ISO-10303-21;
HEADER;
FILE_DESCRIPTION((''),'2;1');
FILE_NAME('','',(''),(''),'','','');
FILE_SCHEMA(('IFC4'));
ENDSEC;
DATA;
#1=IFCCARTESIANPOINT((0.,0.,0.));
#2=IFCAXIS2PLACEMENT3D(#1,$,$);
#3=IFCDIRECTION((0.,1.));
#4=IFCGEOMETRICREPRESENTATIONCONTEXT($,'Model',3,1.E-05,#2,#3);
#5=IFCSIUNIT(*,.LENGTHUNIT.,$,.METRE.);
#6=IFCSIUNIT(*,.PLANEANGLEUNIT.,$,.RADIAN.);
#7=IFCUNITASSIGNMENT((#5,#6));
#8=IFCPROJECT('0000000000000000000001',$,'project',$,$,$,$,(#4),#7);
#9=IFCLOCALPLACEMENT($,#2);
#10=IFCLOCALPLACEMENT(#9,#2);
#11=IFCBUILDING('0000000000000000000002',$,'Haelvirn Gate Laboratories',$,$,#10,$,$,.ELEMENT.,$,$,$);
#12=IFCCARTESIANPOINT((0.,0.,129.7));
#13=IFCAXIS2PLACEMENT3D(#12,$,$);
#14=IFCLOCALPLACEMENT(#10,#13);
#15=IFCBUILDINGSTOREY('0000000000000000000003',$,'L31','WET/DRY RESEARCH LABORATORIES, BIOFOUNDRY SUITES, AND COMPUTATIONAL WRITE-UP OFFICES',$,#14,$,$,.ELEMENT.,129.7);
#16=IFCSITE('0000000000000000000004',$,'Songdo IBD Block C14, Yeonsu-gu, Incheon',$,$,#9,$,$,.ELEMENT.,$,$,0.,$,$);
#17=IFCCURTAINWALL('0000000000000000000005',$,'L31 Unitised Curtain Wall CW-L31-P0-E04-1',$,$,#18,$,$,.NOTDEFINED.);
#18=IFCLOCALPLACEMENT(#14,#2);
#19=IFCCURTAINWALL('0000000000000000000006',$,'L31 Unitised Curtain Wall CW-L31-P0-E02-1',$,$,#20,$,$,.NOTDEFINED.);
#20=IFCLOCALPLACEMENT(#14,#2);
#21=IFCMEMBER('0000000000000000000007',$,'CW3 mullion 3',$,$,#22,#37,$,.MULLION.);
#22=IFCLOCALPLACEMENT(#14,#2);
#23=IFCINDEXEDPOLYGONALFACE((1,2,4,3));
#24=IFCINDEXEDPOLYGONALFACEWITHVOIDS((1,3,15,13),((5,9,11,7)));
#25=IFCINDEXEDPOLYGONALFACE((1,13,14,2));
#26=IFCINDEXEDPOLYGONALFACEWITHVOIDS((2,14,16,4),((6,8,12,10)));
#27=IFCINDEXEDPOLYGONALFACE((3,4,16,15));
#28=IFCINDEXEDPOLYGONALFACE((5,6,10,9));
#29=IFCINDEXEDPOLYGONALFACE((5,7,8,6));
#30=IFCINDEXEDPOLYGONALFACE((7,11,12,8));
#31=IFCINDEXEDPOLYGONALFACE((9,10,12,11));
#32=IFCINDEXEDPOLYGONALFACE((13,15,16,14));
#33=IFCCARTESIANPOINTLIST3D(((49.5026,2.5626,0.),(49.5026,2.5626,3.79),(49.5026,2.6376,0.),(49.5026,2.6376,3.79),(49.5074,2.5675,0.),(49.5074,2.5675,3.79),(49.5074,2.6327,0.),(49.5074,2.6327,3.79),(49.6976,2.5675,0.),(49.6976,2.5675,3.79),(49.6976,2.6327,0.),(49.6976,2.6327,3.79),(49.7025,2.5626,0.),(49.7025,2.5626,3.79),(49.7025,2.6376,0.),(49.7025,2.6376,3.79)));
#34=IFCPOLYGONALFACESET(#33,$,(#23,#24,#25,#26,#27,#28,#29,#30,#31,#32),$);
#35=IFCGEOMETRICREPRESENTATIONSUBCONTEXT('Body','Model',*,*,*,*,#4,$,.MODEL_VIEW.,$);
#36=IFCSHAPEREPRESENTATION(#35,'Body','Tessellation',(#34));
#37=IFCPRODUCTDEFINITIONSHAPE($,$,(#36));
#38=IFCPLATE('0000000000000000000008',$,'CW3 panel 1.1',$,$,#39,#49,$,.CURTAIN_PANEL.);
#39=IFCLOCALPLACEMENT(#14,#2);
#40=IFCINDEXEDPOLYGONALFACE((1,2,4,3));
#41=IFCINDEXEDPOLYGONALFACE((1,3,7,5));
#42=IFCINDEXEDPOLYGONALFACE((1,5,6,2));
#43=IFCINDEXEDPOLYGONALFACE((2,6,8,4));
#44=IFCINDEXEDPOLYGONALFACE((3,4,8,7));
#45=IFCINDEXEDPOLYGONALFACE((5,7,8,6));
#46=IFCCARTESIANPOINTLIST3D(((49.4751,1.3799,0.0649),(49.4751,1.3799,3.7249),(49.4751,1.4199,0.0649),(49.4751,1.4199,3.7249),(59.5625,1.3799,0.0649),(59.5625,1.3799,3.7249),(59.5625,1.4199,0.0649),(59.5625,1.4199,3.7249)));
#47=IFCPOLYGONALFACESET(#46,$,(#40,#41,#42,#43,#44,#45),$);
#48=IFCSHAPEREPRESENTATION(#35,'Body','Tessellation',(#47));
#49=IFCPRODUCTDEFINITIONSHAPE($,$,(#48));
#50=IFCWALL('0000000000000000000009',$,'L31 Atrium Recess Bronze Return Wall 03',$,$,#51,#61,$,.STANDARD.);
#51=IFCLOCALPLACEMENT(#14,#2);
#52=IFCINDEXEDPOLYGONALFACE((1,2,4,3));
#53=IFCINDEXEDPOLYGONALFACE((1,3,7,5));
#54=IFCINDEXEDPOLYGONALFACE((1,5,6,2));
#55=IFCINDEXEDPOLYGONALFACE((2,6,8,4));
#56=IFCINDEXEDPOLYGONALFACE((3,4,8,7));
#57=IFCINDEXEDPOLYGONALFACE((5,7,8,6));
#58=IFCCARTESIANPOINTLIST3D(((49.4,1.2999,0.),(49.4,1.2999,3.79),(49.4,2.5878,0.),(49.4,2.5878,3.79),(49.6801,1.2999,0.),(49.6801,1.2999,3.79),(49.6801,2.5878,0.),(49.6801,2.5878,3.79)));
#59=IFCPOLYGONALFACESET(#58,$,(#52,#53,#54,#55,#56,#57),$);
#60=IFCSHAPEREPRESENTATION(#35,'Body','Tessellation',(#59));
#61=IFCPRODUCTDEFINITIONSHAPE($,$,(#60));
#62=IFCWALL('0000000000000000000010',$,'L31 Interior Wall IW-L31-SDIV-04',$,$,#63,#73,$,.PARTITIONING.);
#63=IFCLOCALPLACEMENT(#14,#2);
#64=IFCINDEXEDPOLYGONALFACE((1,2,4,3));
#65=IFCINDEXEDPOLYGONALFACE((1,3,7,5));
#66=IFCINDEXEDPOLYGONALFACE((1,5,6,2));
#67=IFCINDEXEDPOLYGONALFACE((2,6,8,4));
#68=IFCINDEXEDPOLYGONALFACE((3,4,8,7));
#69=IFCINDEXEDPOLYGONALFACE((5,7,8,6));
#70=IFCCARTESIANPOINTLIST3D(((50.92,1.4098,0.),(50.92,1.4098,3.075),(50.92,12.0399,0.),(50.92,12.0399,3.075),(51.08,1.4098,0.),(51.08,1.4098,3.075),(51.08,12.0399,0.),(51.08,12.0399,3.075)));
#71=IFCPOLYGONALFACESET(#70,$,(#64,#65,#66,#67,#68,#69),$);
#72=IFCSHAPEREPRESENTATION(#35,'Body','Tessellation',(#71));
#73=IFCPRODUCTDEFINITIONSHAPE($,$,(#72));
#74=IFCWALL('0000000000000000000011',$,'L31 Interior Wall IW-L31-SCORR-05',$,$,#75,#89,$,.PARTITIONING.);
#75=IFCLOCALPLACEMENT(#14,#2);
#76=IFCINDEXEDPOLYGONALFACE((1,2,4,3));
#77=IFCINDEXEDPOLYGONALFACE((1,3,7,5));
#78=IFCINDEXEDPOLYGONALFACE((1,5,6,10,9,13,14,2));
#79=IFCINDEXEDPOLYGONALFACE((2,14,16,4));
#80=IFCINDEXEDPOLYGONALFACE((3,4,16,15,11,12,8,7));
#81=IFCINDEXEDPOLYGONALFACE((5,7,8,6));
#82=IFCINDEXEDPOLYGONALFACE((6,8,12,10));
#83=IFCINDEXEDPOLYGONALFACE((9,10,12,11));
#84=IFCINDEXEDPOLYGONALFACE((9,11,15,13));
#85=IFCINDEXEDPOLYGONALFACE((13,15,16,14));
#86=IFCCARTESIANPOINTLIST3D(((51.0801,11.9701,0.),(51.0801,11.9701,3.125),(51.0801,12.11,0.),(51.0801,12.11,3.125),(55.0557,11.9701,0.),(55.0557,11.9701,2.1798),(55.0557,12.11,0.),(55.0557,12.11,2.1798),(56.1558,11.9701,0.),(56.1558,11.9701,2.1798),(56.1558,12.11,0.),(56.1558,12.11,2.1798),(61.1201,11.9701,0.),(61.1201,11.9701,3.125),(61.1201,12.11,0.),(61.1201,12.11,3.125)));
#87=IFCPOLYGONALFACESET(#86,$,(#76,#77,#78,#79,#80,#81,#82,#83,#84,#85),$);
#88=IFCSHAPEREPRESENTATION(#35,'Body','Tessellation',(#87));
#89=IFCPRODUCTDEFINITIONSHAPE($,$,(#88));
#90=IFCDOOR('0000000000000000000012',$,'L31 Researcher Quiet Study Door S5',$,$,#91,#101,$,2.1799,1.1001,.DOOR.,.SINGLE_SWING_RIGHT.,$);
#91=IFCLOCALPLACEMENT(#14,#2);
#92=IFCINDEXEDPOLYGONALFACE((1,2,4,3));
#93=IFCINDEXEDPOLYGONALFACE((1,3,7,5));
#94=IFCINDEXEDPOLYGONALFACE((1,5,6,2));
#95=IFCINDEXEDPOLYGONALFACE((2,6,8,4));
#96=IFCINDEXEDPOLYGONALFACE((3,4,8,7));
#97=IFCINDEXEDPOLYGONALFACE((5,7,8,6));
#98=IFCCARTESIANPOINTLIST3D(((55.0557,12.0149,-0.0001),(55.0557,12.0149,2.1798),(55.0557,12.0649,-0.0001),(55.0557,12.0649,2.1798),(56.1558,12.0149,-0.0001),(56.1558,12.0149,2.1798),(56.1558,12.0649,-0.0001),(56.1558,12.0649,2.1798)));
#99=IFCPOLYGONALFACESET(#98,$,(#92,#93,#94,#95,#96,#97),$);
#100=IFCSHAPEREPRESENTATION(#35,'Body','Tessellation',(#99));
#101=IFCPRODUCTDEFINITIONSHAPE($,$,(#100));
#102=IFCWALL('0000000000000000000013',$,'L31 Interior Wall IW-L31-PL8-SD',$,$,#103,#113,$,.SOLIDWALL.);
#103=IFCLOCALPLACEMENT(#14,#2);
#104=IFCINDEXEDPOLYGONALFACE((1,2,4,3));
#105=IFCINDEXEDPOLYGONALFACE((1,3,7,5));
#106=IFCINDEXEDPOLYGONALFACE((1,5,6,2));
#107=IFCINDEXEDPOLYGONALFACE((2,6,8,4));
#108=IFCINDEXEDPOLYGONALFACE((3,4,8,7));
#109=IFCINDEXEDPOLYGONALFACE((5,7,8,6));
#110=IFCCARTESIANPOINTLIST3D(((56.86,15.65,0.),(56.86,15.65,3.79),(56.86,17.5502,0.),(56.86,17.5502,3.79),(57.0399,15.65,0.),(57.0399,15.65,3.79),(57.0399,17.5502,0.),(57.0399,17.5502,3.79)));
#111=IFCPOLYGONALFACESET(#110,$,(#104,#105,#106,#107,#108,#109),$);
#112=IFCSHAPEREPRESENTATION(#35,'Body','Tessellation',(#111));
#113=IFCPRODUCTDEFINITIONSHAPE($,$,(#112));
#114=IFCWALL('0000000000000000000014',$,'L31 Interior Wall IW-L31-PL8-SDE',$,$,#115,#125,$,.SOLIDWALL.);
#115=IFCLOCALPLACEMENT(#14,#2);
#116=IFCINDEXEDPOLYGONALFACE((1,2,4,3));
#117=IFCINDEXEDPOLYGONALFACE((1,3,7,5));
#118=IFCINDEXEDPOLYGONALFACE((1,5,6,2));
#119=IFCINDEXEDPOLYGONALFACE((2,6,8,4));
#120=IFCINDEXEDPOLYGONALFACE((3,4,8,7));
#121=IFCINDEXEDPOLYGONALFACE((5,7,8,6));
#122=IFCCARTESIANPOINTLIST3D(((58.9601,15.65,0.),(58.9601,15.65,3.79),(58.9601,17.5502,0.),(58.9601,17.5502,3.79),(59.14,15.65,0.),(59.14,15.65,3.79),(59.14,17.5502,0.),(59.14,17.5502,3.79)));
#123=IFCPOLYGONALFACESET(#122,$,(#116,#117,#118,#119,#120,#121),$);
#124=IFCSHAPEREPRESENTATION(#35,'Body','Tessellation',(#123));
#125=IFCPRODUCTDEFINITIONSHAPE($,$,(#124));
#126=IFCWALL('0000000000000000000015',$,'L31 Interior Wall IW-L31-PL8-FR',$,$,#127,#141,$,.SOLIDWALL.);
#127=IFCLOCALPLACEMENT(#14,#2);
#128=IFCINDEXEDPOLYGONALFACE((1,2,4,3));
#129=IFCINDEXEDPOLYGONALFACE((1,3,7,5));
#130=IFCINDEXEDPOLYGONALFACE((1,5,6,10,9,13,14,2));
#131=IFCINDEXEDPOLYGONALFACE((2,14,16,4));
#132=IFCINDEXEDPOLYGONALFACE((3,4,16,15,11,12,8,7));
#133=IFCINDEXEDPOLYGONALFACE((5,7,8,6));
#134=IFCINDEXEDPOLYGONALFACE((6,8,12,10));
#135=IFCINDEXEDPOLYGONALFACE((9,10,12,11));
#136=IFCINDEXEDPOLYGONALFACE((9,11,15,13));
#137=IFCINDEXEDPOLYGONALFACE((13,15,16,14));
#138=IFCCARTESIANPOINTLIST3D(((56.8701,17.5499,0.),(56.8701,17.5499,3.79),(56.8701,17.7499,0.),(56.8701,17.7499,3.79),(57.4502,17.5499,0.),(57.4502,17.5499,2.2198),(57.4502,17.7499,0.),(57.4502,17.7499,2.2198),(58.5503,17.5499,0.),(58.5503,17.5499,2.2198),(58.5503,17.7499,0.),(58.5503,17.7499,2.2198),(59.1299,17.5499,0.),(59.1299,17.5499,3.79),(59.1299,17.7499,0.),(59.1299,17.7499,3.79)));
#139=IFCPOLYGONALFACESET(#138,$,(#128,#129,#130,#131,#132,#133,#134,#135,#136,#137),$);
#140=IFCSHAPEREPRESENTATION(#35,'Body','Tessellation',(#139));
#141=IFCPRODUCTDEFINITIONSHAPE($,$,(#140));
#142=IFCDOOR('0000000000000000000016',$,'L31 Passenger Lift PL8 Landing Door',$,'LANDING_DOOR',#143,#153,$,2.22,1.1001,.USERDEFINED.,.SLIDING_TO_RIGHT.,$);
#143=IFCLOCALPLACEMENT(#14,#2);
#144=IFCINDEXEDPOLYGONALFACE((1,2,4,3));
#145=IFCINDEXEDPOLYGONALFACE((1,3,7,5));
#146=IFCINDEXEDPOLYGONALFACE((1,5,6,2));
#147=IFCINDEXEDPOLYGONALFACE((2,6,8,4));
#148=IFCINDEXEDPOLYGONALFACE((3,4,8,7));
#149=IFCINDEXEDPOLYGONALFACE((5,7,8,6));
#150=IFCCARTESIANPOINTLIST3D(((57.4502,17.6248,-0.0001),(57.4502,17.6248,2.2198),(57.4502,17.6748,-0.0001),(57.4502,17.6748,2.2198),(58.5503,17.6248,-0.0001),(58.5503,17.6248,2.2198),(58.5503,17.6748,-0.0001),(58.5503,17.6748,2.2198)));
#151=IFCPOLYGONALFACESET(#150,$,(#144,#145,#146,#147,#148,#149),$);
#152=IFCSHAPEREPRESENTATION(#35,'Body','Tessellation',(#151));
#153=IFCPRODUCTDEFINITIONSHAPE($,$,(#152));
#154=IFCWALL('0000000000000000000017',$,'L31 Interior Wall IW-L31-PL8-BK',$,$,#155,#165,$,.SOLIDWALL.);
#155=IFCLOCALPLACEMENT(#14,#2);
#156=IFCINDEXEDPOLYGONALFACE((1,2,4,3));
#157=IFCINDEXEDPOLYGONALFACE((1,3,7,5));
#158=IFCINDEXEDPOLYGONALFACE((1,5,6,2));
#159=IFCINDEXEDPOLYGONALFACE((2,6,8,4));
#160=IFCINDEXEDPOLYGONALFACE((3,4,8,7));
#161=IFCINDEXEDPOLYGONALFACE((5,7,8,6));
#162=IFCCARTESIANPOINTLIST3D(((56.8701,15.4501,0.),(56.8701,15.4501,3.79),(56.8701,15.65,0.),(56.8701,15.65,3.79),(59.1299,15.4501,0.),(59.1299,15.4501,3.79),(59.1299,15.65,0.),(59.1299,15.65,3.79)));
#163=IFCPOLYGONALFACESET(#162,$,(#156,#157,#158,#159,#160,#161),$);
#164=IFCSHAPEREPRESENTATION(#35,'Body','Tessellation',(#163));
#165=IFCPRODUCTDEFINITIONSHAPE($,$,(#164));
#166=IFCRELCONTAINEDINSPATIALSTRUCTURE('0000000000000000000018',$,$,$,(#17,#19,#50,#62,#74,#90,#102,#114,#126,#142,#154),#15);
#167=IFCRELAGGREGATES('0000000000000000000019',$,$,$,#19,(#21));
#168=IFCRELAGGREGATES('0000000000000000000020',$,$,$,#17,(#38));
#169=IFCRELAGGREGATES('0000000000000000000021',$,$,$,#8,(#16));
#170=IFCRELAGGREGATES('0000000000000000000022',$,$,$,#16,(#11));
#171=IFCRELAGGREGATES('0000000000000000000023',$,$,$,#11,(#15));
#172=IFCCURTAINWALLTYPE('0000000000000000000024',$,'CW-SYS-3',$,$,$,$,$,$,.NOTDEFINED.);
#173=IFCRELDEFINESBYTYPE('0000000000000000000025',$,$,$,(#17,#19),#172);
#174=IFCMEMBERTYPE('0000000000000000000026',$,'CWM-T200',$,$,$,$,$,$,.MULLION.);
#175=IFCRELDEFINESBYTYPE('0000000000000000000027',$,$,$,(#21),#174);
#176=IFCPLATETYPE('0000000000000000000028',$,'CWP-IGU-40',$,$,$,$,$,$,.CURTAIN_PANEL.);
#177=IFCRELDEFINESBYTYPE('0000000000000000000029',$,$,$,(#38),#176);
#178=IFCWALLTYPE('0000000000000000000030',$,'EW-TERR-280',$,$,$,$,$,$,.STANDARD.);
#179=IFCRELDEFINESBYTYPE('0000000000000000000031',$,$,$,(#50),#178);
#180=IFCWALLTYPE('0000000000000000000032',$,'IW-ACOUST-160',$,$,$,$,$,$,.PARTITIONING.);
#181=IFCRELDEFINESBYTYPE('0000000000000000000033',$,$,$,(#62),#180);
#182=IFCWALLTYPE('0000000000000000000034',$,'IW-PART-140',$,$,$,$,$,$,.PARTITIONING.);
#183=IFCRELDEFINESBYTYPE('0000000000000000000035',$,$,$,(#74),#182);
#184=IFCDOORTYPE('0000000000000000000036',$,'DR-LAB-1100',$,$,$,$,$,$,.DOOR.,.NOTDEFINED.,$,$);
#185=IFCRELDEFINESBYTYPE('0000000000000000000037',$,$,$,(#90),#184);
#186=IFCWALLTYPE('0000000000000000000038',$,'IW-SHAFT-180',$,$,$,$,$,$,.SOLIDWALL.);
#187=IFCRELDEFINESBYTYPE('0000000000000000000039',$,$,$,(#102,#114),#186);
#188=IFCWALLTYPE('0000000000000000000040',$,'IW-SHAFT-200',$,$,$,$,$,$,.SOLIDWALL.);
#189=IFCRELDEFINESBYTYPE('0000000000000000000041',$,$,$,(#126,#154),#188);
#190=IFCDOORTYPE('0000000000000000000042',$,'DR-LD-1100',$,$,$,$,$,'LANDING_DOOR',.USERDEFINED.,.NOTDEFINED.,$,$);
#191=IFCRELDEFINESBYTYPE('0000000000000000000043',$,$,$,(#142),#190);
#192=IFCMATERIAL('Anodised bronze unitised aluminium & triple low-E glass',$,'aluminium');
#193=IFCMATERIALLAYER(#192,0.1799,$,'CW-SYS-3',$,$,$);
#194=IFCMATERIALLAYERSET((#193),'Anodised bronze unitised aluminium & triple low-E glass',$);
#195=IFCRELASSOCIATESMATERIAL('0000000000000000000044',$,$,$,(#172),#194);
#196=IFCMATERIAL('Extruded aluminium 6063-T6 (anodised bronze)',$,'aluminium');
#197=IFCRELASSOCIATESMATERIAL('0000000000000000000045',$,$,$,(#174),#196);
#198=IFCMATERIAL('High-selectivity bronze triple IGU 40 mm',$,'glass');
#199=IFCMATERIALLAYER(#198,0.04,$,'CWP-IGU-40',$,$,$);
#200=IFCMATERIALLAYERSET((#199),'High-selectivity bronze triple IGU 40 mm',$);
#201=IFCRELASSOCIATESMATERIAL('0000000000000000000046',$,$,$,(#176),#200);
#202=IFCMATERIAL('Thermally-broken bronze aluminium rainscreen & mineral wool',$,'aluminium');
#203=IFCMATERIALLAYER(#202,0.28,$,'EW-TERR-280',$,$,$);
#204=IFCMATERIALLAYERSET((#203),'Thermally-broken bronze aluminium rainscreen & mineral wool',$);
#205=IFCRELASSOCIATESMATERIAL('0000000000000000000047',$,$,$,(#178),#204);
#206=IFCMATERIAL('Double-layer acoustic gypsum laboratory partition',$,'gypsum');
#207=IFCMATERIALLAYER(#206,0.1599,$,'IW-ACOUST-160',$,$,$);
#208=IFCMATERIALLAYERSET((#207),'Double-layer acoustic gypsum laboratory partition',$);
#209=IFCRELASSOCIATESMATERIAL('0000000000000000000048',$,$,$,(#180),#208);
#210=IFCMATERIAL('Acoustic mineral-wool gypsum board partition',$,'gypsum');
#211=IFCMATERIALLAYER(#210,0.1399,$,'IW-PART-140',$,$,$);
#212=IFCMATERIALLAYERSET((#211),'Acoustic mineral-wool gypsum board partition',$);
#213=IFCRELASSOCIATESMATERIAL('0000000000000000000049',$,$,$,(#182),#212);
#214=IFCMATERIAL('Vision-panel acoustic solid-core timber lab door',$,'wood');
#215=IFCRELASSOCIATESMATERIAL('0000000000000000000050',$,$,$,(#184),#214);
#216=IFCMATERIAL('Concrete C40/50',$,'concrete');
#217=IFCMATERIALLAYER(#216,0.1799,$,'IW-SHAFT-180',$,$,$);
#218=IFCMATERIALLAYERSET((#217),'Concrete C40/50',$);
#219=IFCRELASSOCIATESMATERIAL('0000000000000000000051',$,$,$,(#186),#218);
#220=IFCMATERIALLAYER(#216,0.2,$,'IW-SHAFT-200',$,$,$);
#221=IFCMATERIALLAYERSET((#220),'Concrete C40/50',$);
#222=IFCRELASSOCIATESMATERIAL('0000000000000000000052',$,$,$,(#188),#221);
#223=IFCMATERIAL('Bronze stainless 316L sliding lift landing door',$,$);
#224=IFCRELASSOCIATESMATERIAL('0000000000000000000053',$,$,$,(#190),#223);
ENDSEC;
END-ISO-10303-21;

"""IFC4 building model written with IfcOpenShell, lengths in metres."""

from ifc_helpers import new_model, si_unit, direction, frame, frame_2d, origin, origin_2d, place, context, subcontext, project, spatial, rectangle, hollow_rectangle, extrude, source, transform, mapped, material, layer, layer_set, material_profile, profile_set, type_object, type_shapes, element, fill, aggregate, save


model = new_model("IFC4")

# Units and contexts
model_context = context("Model", 3, precision=1e-05, world=origin(), true_north=direction((0.0, 1.0)))
body_context = subcontext(model_context, "Body", "Model", "MODEL_VIEW")
ifc_project = project(units=[si_unit("LENGTHUNIT", "METRE"), si_unit("PLANEANGLEUNIT", "RADIAN")], contexts=[model_context])

# Site, building, storey
site_placement = place(None, origin())
site = spatial("IfcSite", under=ifc_project, at=site_placement, Name="Songdo IBD Block C14, Yeonsu-gu, Incheon", CompositionType="ELEMENT", RefElevation=0.0)
building_placement = place(site_placement, origin())
building = spatial("IfcBuilding", under=site, at=building_placement, Name="Haelvirn Gate Laboratories", CompositionType="ELEMENT")
storey_placement = place(building_placement, frame((0.0, 0.0, 129.7)))
storey = spatial("IfcBuildingStorey", under=building, at=storey_placement, Name="L31", Description="WET/DRY RESEARCH LABORATORIES, BIOFOUNDRY SUITES, AND COMPUTATIONAL WRITE-UP OFFICES", CompositionType="ELEMENT", Elevation=129.7)

# Curtain wall
ifc_material_1 = material(Name="Anodised bronze unitised aluminium & triple low-E glass", Category="aluminium")
ifc_layer_1 = layer(ifc_material_1, 0.1799, Name="CW-SYS-3")
ifc_layer_set_1 = layer_set([ifc_layer_1], Name="Anodised bronze unitised aluminium & triple low-E glass")
curtain_wall_type = type_object("IfcCurtainWallType", Name="CW-SYS-3", PredefinedType="NOTDEFINED", material=ifc_layer_set_1)
curtain_wall_1_placement = place(storey_placement, origin())
curtain_wall_1 = element("IfcCurtainWall", 1, at=curtain_wall_1_placement, inside=storey, type_object=curtain_wall_type, Name="L31 Unitised Curtain Wall CW-L31-P0-E04-1", PredefinedType="NOTDEFINED")
ifc_material_2 = material(Name="Extruded aluminium 6063-T6 (anodised bronze)", Category="aluminium")

# Curtain wall, member
curtain_wall_2_placement = place(storey_placement, origin())
curtain_wall_2 = element("IfcCurtainWall", 2, at=curtain_wall_2_placement, inside=storey, type_object=curtain_wall_type, Name="L31 Unitised Curtain Wall CW-L31-P0-E02-1", PredefinedType="NOTDEFINED")
ifc_material_profile_1 = material_profile(ifc_material_2, hollow_rectangle(XDim=0.075, YDim=0.2, WallThickness=0.0049, at=origin_2d()), Name="CWM-200x75x5")
ifc_profile_set_1 = profile_set([ifc_material_profile_1], Name="Extruded aluminium 6063-T6 (anodised bronze)")
member_type_1 = type_object("IfcMemberType", Name="CWM-T200", PredefinedType="MULLION", material=ifc_profile_set_1)
shared_shape_1 = source(origin(), body_context, "Body", "SweptSolid", [
    extrude(hollow_rectangle(XDim=0.075, YDim=0.2, WallThickness=0.0049, at=origin_2d()), origin(), (0.0, 0.0, 1.0), 3.79),
])
type_shapes(member_type_1, [shared_shape_1])
member_1_placement = place(storey_placement, frame((49.6025, 2.6001, 0.0), z_axis=(0.0, 0.0, 1.0), x_axis=(0.0, 1.0, 0.0)))
member_1 = element("IfcMember", 3, at=member_1_placement, type_object=member_type_1, Name="CW3 mullion 3", PredefinedType="MULLION", context=body_context, shape_type="MappedRepresentation", body=[
    mapped(shared_shape_1, transform((0.0, 0.0, 0.0), scale=1.0)),
])
aggregate(curtain_wall_2, [member_1])

# Plate
ifc_material_3 = material(Name="High-selectivity bronze triple IGU 40 mm", Category="glass")
ifc_layer_2 = layer(ifc_material_3, 0.04, Name="CWP-IGU-40")
ifc_layer_set_2 = layer_set([ifc_layer_2], Name="High-selectivity bronze triple IGU 40 mm")
plate_type = type_object("IfcPlateType", Name="CWP-IGU-40", PredefinedType="CURTAIN_PANEL", material=ifc_layer_set_2)
shared_shape_2 = source(origin(), body_context, "Body", "SweptSolid", [
    extrude(rectangle(XDim=10.0874, YDim=0.04, at=origin_2d()), origin(), (0.0, 0.0, 1.0), 3.6599),
])
type_shapes(plate_type, [shared_shape_2])
plate_placement = place(storey_placement, frame((54.5188, 1.3999, 0.0649), z_axis=(0.0, 0.0, 1.0), x_axis=(1.0, 0.0, 0.0)))
plate = element("IfcPlate", 4, at=plate_placement, type_object=plate_type, Name="CW3 panel 1.1", PredefinedType="CURTAIN_PANEL", context=body_context, shape_type="MappedRepresentation", body=[
    mapped(shared_shape_2, transform((0.0, 0.0, 0.0), scale=1.0)),
])
aggregate(curtain_wall_1, [plate])

# Walls
ifc_material_4 = material(Name="Thermally-broken bronze aluminium rainscreen & mineral wool", Category="aluminium")
ifc_layer_3 = layer(ifc_material_4, 0.28, Name="EW-TERR-280")
ifc_layer_set_3 = layer_set([ifc_layer_3], Name="Thermally-broken bronze aluminium rainscreen & mineral wool")
wall_type_1 = type_object("IfcWallType", Name="EW-TERR-280", PredefinedType="STANDARD", material=ifc_layer_set_3)
wall_1_placement = place(storey_placement, frame((49.54, 2.5879, 0.0), z_axis=(0.0, 0.0, 1.0), x_axis=(0.0, -1.0, 0.0)))
element("IfcWall", 5, at=wall_1_placement, inside=storey, type_object=wall_type_1, Name="L31 Atrium Recess Bronze Return Wall 03", PredefinedType="STANDARD", context=body_context, shape_type="SweptSolid", body=[
    extrude(rectangle(XDim=1.2878, YDim=0.28, at=frame_2d((0.644, 0.0))), origin(), (0.0, 0.0, 1.0), 3.79),
])
ifc_material_5 = material(Name="Double-layer acoustic gypsum laboratory partition", Category="gypsum")
ifc_layer_4 = layer(ifc_material_5, 0.1599, Name="IW-ACOUST-160")
ifc_layer_set_4 = layer_set([ifc_layer_4], Name="Double-layer acoustic gypsum laboratory partition")
wall_type_2 = type_object("IfcWallType", Name="IW-ACOUST-160", PredefinedType="PARTITIONING", material=ifc_layer_set_4)
wall_2_placement = place(storey_placement, frame((51.0, 1.4099, 0.0), z_axis=(0.0, 0.0, 1.0), x_axis=(0.0, 1.0, 0.0)))
element("IfcWall", 6, at=wall_2_placement, inside=storey, type_object=wall_type_2, Name="L31 Interior Wall IW-L31-SDIV-04", PredefinedType="PARTITIONING", context=body_context, shape_type="SweptSolid", body=[
    extrude(rectangle(XDim=10.6301, YDim=0.1599, at=frame_2d((5.3149, 0.0))), origin(), (0.0, 0.0, 1.0), 3.075),
])

# Wall, opening, door
ifc_material_6 = material(Name="Acoustic mineral-wool gypsum board partition", Category="gypsum")
ifc_layer_5 = layer(ifc_material_6, 0.1399, Name="IW-PART-140")
ifc_layer_set_5 = layer_set([ifc_layer_5], Name="Acoustic mineral-wool gypsum board partition")
wall_type_3 = type_object("IfcWallType", Name="IW-PART-140", PredefinedType="PARTITIONING", material=ifc_layer_set_5)
wall_3_placement = place(storey_placement, frame((51.0801, 12.04, 0.0), z_axis=(0.0, 0.0, 1.0), x_axis=(1.0, 0.0, 0.0)))
wall_3 = element("IfcWall", 7, at=wall_3_placement, inside=storey, type_object=wall_type_3, Name="L31 Interior Wall IW-L31-SCORR-05", PredefinedType="PARTITIONING", context=body_context, shape_type="SweptSolid", body=[
    extrude(rectangle(XDim=10.04, YDim=0.1399, at=frame_2d((5.02, 0.0))), origin(), (0.0, 0.0, 1.0), 3.125),
])
opening_1_placement = place(wall_3_placement, frame((3.9756, 0.0, 0.0)))
opening_1 = element("IfcOpeningElement", 8, at=opening_1_placement, cuts=wall_3, PredefinedType="OPENING", context=body_context, shape_type="SweptSolid", body=[
    extrude(rectangle(XDim=1.1001, YDim=2.1799, at=frame_2d((0.55, 1.0898))), frame((0.0, 0.0801, 0.0), z_axis=(0.0, -1.0, 0.0), x_axis=(1.0, 0.0, 0.0)), (0.0, 0.0, 1.0), 0.1599),
])
ifc_material_7 = material(Name="Vision-panel acoustic solid-core timber lab door", Category="wood")
door_type_1 = type_object("IfcDoorType", Name="DR-LAB-1100", OperationType="NOTDEFINED", PredefinedType="DOOR", material=ifc_material_7)
shared_shape_3 = source(origin(), body_context, "Body", "SweptSolid", [
    extrude(rectangle(XDim=1.1001, YDim=2.1799, at=frame_2d((0.55, 1.0898))), frame((0.0, 0.0249, 0.0), z_axis=(0.0, -1.0, 0.0), x_axis=(1.0, 0.0, 0.0)), (0.0, 0.0, 1.0), 0.05),
])
type_shapes(door_type_1, [shared_shape_3])
door_1_placement = place(opening_1_placement, origin())
door_1 = element("IfcDoor", 9, at=door_1_placement, inside=storey, type_object=door_type_1, Name="L31 Researcher Quiet Study Door S5", OperationType="SINGLE_SWING_RIGHT", OverallHeight=2.1799, OverallWidth=1.1001, PredefinedType="DOOR", context=body_context, shape_type="MappedRepresentation", body=[
    mapped(shared_shape_3, transform((0.0, 0.0, 0.0), scale=1.0)),
])
fill(opening_1, door_1)

# Walls
ifc_material_8 = material(Name="Concrete C40/50", Category="concrete")
ifc_layer_6 = layer(ifc_material_8, 0.1799, Name="IW-SHAFT-180")
ifc_layer_set_6 = layer_set([ifc_layer_6], Name="Concrete C40/50")
wall_type_4 = type_object("IfcWallType", Name="IW-SHAFT-180", PredefinedType="SOLIDWALL", material=ifc_layer_set_6)
for number, where, z_axis, x_axis, name in (
    (10, (56.95, 15.6499, 0.0), (0.0, 0.0, 1.0), (0.0, 1.0, 0.0), "L31 Interior Wall IW-L31-PL8-SD"),
    (11, (59.05, 15.6499, 0.0), (0.0, 0.0, 1.0), (0.0, 1.0, 0.0), "L31 Interior Wall IW-L31-PL8-SDE"),
):
    element("IfcWall", number, at=place(storey_placement, frame(where, z_axis=z_axis, x_axis=x_axis)), inside=storey, type_object=wall_type_4, Name=name, PredefinedType="SOLIDWALL", context=body_context, shape_type="SweptSolid", body=[
        extrude(rectangle(XDim=1.9001, YDim=0.1799, at=frame_2d((0.9502, 0.0))), origin(), (0.0, 0.0, 1.0), 3.79),
    ])

# Wall, opening, door
ifc_layer_7 = layer(ifc_material_8, 0.2, Name="IW-SHAFT-200")
ifc_layer_set_7 = layer_set([ifc_layer_7], Name="Concrete C40/50")
wall_type_5 = type_object("IfcWallType", Name="IW-SHAFT-200", PredefinedType="SOLIDWALL", material=ifc_layer_set_7)
wall_4_placement = place(storey_placement, frame((56.8701, 17.6499, 0.0), z_axis=(0.0, 0.0, 1.0), x_axis=(1.0, 0.0, 0.0)))
wall_4 = element("IfcWall", 12, at=wall_4_placement, inside=storey, type_object=wall_type_5, Name="L31 Interior Wall IW-L31-PL8-FR", PredefinedType="SOLIDWALL", context=body_context, shape_type="SweptSolid", body=[
    extrude(rectangle(XDim=2.2598, YDim=0.2, at=frame_2d((1.1299, 0.0))), origin(), (0.0, 0.0, 1.0), 3.79),
])
opening_2_placement = place(wall_4_placement, frame((0.5801, 0.0, 0.0)))
opening_2 = element("IfcOpeningElement", 13, at=opening_2_placement, cuts=wall_4, PredefinedType="OPENING", context=body_context, shape_type="SweptSolid", body=[
    extrude(rectangle(XDim=1.1001, YDim=2.22, at=frame_2d((0.55, 1.1099))), frame((0.0, 0.1099, 0.0), z_axis=(0.0, -1.0, 0.0), x_axis=(1.0, 0.0, 0.0)), (0.0, 0.0, 1.0), 0.22),
])
ifc_material_9 = material(Name="Bronze stainless 316L sliding lift landing door")
door_type_2 = type_object("IfcDoorType", Name="DR-LD-1100", ElementType="LANDING_DOOR", OperationType="NOTDEFINED", PredefinedType="USERDEFINED", material=ifc_material_9)
shared_shape_4 = source(origin(), body_context, "Body", "SweptSolid", [
    extrude(rectangle(XDim=1.1001, YDim=2.22, at=frame_2d((0.55, 1.1099))), frame((0.0, 0.0249, 0.0), z_axis=(0.0, -1.0, 0.0), x_axis=(1.0, 0.0, 0.0)), (0.0, 0.0, 1.0), 0.05),
])
type_shapes(door_type_2, [shared_shape_4])
door_2_placement = place(opening_2_placement, origin())
door_2 = element("IfcDoor", 14, at=door_2_placement, inside=storey, type_object=door_type_2, Name="L31 Passenger Lift PL8 Landing Door", ObjectType="LANDING_DOOR", OperationType="SLIDING_TO_RIGHT", OverallHeight=2.22, OverallWidth=1.1001, PredefinedType="USERDEFINED", context=body_context, shape_type="MappedRepresentation", body=[
    mapped(shared_shape_4, transform((0.0, 0.0, 0.0), scale=1.0)),
])
fill(opening_2, door_2)

# Wall
wall_5_placement = place(storey_placement, frame((56.8701, 15.55, 0.0), z_axis=(0.0, 0.0, 1.0), x_axis=(1.0, 0.0, 0.0)))
element("IfcWall", 15, at=wall_5_placement, inside=storey, type_object=wall_type_5, Name="L31 Interior Wall IW-L31-PL8-BK", PredefinedType="SOLIDWALL", context=body_context, shape_type="SweptSolid", body=[
    extrude(rectangle(XDim=2.2598, YDim=0.2, at=frame_2d((1.1299, 0.0))), origin(), (0.0, 0.0, 1.0), 3.79),
])

save(model, "model.ifc")
